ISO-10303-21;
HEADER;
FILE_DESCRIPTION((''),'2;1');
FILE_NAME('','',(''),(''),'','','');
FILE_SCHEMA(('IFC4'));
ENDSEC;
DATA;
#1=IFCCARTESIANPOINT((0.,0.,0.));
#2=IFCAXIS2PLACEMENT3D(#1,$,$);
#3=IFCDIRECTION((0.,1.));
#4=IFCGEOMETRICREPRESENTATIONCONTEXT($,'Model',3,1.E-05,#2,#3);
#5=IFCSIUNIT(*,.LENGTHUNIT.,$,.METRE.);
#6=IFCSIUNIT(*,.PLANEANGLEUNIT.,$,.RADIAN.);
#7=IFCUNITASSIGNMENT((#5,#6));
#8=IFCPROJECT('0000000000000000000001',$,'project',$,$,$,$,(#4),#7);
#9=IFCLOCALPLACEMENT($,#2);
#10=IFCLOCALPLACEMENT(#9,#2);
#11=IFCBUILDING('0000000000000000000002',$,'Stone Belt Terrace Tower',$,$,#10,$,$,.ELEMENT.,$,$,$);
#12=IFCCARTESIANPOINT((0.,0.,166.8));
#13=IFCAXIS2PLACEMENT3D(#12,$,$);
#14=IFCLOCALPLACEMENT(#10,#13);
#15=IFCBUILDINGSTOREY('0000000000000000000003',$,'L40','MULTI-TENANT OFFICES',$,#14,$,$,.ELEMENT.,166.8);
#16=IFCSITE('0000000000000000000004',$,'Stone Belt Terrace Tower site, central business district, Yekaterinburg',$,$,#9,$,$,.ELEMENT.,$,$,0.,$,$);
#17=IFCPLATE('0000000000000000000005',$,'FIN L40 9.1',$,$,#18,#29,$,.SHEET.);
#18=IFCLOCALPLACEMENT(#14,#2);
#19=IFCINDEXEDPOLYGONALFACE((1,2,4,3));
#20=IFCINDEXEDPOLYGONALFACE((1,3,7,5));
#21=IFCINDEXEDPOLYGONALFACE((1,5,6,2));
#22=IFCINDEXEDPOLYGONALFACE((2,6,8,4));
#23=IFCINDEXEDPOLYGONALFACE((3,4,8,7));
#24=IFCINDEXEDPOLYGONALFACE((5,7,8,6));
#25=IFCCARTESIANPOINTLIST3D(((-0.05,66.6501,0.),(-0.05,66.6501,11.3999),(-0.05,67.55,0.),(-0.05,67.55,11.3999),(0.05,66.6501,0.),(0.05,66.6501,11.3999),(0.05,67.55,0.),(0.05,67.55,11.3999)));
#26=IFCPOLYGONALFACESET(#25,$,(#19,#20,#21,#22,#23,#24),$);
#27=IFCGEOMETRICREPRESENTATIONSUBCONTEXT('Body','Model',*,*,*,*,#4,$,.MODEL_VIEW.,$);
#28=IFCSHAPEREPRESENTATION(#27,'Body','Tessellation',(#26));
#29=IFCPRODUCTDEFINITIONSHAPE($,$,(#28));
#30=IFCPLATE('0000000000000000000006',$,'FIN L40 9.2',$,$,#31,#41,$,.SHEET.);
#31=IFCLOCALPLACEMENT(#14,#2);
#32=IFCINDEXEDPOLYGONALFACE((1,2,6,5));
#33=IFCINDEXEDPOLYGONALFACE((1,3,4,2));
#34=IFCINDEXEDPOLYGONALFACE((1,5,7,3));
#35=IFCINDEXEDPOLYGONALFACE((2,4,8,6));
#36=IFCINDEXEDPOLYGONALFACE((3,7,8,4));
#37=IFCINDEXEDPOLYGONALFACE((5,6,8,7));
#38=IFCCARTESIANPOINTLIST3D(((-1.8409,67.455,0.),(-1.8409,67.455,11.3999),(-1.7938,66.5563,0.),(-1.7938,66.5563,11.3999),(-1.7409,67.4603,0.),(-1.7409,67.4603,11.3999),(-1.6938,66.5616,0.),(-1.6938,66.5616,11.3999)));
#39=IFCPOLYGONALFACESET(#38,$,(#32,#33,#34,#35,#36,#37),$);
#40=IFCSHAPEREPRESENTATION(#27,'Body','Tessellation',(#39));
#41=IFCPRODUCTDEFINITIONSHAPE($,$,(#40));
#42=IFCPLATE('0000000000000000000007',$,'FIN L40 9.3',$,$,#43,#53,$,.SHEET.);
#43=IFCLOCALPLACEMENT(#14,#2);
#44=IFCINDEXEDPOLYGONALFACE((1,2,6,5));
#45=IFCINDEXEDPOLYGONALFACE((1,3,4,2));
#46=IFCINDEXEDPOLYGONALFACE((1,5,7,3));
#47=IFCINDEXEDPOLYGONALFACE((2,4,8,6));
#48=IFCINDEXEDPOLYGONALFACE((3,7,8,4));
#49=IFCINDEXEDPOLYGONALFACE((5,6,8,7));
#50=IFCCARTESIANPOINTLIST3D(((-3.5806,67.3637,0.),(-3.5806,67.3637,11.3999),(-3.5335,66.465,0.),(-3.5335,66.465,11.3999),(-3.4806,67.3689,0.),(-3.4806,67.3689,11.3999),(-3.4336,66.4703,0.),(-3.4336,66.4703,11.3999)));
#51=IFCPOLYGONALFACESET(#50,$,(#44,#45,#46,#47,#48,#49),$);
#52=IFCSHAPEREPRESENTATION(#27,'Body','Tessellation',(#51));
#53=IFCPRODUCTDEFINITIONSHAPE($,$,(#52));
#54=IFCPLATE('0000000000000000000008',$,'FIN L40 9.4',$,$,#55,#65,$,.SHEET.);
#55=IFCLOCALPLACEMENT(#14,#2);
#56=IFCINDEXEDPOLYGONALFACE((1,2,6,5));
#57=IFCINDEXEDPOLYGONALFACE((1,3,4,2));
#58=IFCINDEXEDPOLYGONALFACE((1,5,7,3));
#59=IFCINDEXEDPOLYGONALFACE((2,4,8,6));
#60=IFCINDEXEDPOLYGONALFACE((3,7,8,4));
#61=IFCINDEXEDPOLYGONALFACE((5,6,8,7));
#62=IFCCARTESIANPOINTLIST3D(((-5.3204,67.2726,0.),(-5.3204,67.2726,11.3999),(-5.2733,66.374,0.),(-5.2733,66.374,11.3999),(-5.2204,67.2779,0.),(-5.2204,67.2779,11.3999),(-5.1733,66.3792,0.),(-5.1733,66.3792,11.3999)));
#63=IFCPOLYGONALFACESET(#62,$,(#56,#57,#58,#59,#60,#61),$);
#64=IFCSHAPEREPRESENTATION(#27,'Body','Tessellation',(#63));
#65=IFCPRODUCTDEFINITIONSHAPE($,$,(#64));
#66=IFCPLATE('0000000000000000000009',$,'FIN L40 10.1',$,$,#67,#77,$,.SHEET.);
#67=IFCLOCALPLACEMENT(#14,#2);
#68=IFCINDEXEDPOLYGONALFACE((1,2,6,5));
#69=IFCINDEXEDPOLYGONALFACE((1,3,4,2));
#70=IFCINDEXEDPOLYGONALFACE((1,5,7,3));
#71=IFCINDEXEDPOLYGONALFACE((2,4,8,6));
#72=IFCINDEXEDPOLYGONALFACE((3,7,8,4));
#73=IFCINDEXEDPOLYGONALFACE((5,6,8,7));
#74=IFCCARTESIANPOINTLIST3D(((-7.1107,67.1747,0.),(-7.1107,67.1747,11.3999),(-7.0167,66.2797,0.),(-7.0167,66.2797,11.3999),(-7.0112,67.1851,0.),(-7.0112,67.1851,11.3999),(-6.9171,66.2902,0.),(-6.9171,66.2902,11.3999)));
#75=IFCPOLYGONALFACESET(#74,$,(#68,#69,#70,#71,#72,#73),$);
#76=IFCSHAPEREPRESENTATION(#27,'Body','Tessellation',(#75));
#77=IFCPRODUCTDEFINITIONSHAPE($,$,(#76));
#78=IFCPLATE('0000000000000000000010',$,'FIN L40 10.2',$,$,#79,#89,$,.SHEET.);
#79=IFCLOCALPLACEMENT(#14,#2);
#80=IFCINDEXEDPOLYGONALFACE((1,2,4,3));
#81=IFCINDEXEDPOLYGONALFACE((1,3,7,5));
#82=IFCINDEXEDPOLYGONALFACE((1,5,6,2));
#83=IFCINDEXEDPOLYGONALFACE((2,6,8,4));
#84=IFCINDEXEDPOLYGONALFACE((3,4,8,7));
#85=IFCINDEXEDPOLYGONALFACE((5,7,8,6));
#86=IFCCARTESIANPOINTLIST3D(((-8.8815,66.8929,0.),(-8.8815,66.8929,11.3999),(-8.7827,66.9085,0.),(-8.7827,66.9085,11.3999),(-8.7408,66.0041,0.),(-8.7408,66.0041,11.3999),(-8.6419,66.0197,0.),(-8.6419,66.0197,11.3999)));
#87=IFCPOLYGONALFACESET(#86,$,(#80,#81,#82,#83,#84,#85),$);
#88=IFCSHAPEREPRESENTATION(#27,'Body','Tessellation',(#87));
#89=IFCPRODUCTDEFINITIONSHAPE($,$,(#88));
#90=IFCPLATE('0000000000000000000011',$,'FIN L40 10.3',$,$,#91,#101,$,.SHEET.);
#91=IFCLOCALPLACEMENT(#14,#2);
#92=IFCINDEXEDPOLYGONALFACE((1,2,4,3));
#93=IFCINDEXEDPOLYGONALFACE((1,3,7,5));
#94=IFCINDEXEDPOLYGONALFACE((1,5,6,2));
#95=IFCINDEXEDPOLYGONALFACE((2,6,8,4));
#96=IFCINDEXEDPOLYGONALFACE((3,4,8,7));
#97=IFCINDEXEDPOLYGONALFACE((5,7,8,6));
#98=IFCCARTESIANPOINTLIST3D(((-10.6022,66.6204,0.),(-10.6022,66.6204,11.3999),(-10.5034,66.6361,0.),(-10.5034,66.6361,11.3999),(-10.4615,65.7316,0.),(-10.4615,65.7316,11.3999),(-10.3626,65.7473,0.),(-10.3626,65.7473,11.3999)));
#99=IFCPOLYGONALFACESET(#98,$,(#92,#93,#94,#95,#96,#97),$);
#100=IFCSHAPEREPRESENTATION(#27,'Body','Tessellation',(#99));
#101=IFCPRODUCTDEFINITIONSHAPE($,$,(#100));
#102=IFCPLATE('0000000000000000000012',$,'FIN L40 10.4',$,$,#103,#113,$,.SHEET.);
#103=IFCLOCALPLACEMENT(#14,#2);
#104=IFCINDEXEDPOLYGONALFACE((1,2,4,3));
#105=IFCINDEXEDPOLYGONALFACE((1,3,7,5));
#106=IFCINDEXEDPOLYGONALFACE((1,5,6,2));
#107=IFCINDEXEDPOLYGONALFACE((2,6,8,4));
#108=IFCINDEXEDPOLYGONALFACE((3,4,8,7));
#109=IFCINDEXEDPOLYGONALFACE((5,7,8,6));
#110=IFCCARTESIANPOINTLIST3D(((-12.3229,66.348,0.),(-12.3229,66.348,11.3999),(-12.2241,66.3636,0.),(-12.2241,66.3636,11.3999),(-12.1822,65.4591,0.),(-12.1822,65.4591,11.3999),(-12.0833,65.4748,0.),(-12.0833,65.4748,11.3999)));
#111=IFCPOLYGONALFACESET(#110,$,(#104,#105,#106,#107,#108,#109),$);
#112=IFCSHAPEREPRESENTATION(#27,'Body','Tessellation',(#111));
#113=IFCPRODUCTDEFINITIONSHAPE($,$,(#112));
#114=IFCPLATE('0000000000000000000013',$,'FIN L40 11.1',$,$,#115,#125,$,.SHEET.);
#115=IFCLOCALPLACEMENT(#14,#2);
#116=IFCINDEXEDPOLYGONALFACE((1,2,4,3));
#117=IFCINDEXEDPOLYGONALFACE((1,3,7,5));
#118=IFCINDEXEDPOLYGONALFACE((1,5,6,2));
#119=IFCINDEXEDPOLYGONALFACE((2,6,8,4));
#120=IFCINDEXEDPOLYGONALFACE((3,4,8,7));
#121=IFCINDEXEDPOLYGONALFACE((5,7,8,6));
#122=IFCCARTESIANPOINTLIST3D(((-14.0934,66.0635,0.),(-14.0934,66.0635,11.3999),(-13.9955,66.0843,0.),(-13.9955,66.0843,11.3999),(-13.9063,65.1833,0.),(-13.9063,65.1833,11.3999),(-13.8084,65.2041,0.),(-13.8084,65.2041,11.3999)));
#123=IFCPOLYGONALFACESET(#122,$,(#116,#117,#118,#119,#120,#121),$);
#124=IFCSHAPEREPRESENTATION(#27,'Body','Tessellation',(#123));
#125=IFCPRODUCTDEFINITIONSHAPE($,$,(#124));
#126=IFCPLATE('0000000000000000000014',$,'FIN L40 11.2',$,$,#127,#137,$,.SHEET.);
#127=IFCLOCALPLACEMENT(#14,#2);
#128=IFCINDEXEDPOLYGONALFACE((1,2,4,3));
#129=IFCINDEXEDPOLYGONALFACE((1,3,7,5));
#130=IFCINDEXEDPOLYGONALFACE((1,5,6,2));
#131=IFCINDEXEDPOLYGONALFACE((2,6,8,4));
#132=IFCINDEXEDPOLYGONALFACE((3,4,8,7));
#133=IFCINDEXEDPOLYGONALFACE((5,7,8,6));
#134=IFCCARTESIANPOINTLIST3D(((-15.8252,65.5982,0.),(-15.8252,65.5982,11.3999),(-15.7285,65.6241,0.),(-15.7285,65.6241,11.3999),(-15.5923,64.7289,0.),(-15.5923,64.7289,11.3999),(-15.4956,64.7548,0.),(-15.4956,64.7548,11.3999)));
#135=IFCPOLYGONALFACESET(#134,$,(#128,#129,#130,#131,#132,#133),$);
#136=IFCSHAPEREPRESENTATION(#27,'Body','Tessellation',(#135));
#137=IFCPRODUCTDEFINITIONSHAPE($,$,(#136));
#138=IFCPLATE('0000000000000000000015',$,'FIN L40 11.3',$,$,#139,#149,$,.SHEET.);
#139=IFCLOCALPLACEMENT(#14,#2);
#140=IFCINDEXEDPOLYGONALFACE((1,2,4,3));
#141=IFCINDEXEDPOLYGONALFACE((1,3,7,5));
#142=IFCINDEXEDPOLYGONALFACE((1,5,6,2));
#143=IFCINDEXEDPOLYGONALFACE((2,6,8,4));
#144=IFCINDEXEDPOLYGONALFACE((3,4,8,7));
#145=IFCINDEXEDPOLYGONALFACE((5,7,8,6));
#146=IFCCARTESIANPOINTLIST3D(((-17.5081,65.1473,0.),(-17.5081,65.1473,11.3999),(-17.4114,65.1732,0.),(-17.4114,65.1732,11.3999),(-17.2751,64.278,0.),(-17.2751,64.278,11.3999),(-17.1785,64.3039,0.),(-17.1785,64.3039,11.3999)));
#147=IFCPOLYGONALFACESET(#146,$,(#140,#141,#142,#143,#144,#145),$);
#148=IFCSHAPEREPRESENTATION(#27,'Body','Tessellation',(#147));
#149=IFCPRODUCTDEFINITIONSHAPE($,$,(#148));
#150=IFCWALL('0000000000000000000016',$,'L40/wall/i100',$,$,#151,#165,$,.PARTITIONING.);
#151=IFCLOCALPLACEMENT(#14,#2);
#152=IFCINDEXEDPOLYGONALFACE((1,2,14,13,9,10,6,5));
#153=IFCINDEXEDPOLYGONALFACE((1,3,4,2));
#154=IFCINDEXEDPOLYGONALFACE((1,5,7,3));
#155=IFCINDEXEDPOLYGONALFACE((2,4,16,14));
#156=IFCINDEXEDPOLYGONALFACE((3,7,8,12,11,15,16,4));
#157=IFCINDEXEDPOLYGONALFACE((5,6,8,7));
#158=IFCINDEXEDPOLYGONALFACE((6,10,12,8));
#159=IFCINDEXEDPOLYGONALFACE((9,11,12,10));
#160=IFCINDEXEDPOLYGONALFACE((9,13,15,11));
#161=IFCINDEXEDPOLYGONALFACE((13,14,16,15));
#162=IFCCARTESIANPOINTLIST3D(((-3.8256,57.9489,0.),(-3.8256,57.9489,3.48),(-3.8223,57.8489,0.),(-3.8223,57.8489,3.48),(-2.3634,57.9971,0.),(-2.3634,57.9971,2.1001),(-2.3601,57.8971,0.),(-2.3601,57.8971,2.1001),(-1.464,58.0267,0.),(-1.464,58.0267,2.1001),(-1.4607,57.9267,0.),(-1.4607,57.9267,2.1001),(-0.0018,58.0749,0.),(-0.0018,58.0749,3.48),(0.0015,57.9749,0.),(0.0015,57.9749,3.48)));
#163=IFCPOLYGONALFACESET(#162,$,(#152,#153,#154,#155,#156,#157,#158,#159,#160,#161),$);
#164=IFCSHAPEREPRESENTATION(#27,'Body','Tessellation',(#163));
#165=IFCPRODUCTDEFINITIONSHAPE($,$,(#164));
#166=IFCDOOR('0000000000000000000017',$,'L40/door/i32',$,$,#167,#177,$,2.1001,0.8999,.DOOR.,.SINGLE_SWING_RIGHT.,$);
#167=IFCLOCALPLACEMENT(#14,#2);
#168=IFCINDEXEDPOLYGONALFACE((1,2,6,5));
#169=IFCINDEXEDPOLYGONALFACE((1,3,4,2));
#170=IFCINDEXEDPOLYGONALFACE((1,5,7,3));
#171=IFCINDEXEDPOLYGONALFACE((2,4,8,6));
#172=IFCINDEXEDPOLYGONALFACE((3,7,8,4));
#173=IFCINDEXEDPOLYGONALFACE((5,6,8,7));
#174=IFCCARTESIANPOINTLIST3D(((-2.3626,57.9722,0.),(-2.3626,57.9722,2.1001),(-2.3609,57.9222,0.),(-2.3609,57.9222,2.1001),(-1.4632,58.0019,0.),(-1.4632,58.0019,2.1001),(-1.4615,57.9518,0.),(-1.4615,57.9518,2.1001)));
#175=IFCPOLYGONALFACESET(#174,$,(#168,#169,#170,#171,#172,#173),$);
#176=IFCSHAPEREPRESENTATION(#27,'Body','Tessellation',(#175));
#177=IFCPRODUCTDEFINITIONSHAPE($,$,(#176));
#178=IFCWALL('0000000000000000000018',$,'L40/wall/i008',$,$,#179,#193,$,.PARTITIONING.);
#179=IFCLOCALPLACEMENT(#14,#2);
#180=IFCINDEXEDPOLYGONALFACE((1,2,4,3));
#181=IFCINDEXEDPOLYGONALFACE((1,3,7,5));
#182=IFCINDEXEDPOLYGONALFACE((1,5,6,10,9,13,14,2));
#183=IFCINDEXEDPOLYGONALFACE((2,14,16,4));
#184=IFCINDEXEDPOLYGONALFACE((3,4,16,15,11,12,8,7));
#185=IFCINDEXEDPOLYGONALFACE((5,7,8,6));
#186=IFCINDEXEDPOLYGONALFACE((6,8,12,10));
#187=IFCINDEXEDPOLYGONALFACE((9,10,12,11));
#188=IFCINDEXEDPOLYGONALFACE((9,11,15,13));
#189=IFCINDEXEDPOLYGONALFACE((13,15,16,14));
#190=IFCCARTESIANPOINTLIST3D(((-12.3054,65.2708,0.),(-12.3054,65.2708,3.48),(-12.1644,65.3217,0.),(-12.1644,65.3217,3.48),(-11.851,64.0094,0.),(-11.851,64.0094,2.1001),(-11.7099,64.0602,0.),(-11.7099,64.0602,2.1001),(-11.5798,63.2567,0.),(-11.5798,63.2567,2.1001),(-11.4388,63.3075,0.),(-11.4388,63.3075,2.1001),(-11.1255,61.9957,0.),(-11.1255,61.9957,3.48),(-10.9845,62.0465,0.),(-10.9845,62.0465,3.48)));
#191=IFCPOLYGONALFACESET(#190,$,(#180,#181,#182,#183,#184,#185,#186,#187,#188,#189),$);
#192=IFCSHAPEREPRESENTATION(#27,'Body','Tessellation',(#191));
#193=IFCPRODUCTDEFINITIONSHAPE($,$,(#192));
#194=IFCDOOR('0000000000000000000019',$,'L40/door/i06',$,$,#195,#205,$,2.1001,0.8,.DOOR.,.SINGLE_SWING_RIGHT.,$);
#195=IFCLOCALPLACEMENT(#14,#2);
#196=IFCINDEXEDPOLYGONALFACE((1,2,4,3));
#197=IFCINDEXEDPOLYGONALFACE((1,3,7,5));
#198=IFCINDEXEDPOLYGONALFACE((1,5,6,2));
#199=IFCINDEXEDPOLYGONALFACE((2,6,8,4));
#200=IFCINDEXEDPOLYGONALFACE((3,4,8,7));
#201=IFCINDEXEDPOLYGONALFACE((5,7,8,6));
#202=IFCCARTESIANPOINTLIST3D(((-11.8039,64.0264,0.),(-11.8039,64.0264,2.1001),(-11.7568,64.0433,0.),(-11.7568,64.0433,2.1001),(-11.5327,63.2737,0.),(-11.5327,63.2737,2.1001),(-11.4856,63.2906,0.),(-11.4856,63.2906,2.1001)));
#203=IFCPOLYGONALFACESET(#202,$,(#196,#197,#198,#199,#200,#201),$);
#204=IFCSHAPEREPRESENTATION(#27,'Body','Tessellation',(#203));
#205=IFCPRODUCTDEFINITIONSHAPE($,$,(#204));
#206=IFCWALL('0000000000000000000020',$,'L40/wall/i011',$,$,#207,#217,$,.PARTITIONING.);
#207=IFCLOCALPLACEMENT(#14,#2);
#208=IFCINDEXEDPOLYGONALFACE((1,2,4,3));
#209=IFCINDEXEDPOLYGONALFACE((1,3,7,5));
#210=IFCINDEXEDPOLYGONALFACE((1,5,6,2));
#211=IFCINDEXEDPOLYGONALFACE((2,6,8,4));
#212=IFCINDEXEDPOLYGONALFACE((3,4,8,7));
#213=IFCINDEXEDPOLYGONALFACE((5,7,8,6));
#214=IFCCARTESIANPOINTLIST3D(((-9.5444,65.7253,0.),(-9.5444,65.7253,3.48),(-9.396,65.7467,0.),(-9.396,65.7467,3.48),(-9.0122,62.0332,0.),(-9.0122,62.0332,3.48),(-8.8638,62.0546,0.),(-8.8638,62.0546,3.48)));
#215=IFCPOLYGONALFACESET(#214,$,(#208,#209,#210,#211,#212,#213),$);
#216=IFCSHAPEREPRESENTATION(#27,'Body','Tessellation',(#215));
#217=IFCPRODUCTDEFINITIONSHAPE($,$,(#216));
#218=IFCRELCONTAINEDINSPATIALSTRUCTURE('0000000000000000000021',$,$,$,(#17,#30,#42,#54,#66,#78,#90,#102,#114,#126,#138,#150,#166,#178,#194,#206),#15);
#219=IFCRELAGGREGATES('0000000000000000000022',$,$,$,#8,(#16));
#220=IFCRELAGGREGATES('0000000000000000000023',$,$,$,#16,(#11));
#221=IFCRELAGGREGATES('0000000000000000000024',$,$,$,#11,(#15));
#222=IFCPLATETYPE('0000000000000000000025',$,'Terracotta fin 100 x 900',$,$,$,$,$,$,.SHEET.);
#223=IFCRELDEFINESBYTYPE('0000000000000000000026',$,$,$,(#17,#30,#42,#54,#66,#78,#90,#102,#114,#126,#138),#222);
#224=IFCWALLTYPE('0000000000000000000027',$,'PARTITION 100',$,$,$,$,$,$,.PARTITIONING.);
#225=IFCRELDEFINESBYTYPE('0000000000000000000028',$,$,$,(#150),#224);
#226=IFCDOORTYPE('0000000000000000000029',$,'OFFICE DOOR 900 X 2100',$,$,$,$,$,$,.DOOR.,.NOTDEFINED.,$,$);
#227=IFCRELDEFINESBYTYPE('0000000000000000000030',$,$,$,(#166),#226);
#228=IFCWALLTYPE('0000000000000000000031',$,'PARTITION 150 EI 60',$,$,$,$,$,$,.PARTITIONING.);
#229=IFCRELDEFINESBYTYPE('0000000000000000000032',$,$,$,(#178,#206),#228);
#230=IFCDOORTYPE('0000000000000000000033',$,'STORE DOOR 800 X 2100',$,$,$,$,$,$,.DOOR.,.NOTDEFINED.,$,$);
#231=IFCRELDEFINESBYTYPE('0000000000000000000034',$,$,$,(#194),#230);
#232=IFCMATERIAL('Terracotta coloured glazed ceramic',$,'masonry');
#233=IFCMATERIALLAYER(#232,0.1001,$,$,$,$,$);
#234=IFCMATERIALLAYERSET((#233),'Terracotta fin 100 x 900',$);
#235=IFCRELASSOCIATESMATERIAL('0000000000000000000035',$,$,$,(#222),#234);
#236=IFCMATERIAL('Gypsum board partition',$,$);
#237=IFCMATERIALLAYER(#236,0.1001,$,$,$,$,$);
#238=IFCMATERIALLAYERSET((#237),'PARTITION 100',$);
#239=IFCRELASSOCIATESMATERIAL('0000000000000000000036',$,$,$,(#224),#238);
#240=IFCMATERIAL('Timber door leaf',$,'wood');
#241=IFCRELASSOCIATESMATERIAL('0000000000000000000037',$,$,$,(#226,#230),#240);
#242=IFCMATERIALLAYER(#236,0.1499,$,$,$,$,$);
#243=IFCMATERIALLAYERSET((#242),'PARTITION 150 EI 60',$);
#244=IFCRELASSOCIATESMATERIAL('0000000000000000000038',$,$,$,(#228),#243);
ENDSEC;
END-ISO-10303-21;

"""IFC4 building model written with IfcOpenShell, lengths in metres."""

from ifc_helpers import new_model, si_unit, direction, frame, frame_2d, origin, origin_2d, place, context, subcontext, project, spatial, rectangle, extrude, material, layer, layer_set, type_object, element, fill, save


model = new_model("IFC4")

# Units and contexts
model_context = context("Model", 3, precision=1e-05, world=origin(), true_north=direction((0.0, 1.0)))
body_context = subcontext(model_context, "Body", "Model", "MODEL_VIEW")
ifc_project = project(units=[si_unit("LENGTHUNIT", "METRE"), si_unit("PLANEANGLEUNIT", "RADIAN")], contexts=[model_context])

# Site, building, storey
site_placement = place(None, origin())
site = spatial("IfcSite", under=ifc_project, at=site_placement, Name="Stone Belt Terrace Tower site, central business district, Yekaterinburg", CompositionType="ELEMENT", RefElevation=0.0)
building_placement = place(site_placement, origin())
building = spatial("IfcBuilding", under=site, at=building_placement, Name="Stone Belt Terrace Tower", CompositionType="ELEMENT")
storey_placement = place(building_placement, frame((0.0, 0.0, 166.8)))
storey = spatial("IfcBuildingStorey", under=building, at=storey_placement, Name="L40", Description="MULTI-TENANT OFFICES", CompositionType="ELEMENT", Elevation=166.8)

# Plates
ifc_material_1 = material(Name="Terracotta coloured glazed ceramic", Category="masonry")
ifc_layer_1 = layer(ifc_material_1, 0.1001)
ifc_layer_set_1 = layer_set([ifc_layer_1], Name="Terracotta fin 100 x 900")
plate_type_1 = type_object("IfcPlateType", Name="Terracotta fin 100 x 900", PredefinedType="SHEET", material=ifc_layer_set_1)
for number, where, z_axis, x_axis, name in (
    (1, (0.0, 67.1001, 0.0), (0.0, 0.0, 1.0), (0.0, 1.0, 0.0), "FIN L40 9.1"),
    (2, (-1.7673, 67.0083, 0.0), (0.0, 0.0, 1.0), (-0.052336, 0.99863, 0.0), "FIN L40 9.2"),
    (3, (-3.5071, 66.917, 0.0), (0.0, 0.0, 1.0), (-0.052336, 0.99863, 0.0), "FIN L40 9.3"),
    (4, (-5.2468, 66.8259, 0.0), (0.0, 0.0, 1.0), (-0.052336, 0.99863, 0.0), "FIN L40 9.4"),
    (5, (-7.0139, 66.7324, 0.0), (0.0, 0.0, 1.0), (-0.104528, 0.994522, 0.0), "FIN L40 10.1"),
    (6, (-8.7617, 66.4563, 0.0), (0.0, 0.0, 1.0), (-0.156434, 0.987688, 0.0), "FIN L40 10.2"),
    (7, (-10.4824, 66.1838, 0.0), (0.0, 0.0, 1.0), (-0.156434, 0.987688, 0.0), "FIN L40 10.3"),
    (8, (-12.2031, 65.9114, 0.0), (0.0, 0.0, 1.0), (-0.156434, 0.987688, 0.0), "FIN L40 10.4"),
    (9, (-13.9509, 65.6338, 0.0), (0.0, 0.0, 1.0), (-0.207912, 0.978148, 0.0), "FIN L40 11.1"),
    (10, (-15.6604, 65.1765, 0.0), (0.0, 0.0, 1.0), (-0.258819, 0.965926, 0.0), "FIN L40 11.2"),
    (11, (-17.3433, 64.7256, 0.0), (0.0, 0.0, 1.0), (-0.258819, 0.965926, 0.0), "FIN L40 11.3"),
):
    element("IfcPlate", number, at=place(storey_placement, frame(where, z_axis=z_axis, x_axis=x_axis)), inside=storey, type_object=plate_type_1, Name=name, PredefinedType="SHEET", context=body_context, shape_type="SweptSolid", body=[
        extrude(rectangle(XDim=0.8999, YDim=0.1001, at=origin_2d()), origin(), (0.0, 0.0, 1.0), 11.3999),
    ])

# Walls, openings, doors
ifc_material_2 = material(Name="Gypsum board partition")
ifc_layer_2 = layer(ifc_material_2, 0.1001)
ifc_layer_set_2 = layer_set([ifc_layer_2], Name="PARTITION 100")
wall_type_1 = type_object("IfcWallType", Name="PARTITION 100", PredefinedType="PARTITIONING", material=ifc_layer_set_2)
wall_1_placement = place(storey_placement, frame((0.0, 58.0249, 0.0), z_axis=(0.0, 0.0, 1.0), x_axis=(-0.999458, -0.032926, 0.0)))
wall_1 = element("IfcWall", 12, at=wall_1_placement, inside=storey, type_object=wall_type_1, Name="L40/wall/i100", PredefinedType="PARTITIONING", context=body_context, shape_type="SweptSolid", body=[
    extrude(rectangle(XDim=3.8259, YDim=0.1001, at=frame_2d((1.9131, 0.0))), origin(), (0.0, 0.0, 1.0), 3.48),
])
opening_1_placement = place(wall_1_placement, frame((1.4631, 0.0, 0.0)))
opening_1 = element("IfcOpeningElement", 13, at=opening_1_placement, cuts=wall_1, PredefinedType="OPENING", context=body_context, shape_type="SweptSolid", body=[
    extrude(rectangle(XDim=0.8999, YDim=2.1001, at=frame_2d((0.45, 1.05))), frame((0.0, 0.0601, 0.0), z_axis=(0.0, -1.0, 0.0), x_axis=(1.0, 0.0, 0.0)), (0.0, 0.0, 1.0), 0.1201),
])
ifc_material_3 = material(Name="Timber door leaf", Category="wood")
door_type_1 = type_object("IfcDoorType", Name="OFFICE DOOR 900 X 2100", OperationType="NOTDEFINED", PredefinedType="DOOR", material=ifc_material_3)
door_1_placement = place(opening_1_placement, origin())
door_1 = element("IfcDoor", 14, at=door_1_placement, inside=storey, type_object=door_type_1, Name="L40/door/i32", OperationType="SINGLE_SWING_RIGHT", OverallHeight=2.1001, OverallWidth=0.8999, PredefinedType="DOOR", context=body_context, shape_type="SweptSolid", body=[
    extrude(rectangle(XDim=0.8999, YDim=2.1001, at=frame_2d((0.45, 1.05))), frame((0.0, 0.0249, 0.0), z_axis=(0.0, -1.0, 0.0), x_axis=(1.0, 0.0, 0.0)), (0.0, 0.0, 1.0), 0.05),
])
fill(opening_1, door_1)
ifc_layer_3 = layer(ifc_material_2, 0.1499)
ifc_layer_set_3 = layer_set([ifc_layer_3], Name="PARTITION 150 EI 60")
wall_type_2 = type_object("IfcWallType", Name="PARTITION 150 EI 60", PredefinedType="PARTITIONING", material=ifc_layer_set_3)
wall_2_placement = place(storey_placement, frame((-11.0549, 62.021, 0.0), z_axis=(0.0, 0.0, 1.0), x_axis=(-0.338943, 0.940807, 0.0)))
wall_2 = element("IfcWall", 15, at=wall_2_placement, inside=storey, type_object=wall_type_2, Name="L40/wall/i008", PredefinedType="PARTITIONING", context=body_context, shape_type="SweptSolid", body=[
    extrude(rectangle(XDim=3.4812, YDim=0.1499, at=frame_2d((1.7407, 0.0))), origin(), (0.0, 0.0, 1.0), 3.48),
])
opening_2_placement = place(wall_2_placement, frame((1.3406, 0.0, 0.0)))
opening_2 = element("IfcOpeningElement", 16, at=opening_2_placement, cuts=wall_2, PredefinedType="OPENING", context=body_context, shape_type="SweptSolid", body=[
    extrude(rectangle(XDim=0.8, YDim=2.1001, at=frame_2d((0.3999, 1.05))), frame((0.0, 0.085, 0.0), z_axis=(0.0, -1.0, 0.0), x_axis=(1.0, 0.0, 0.0)), (0.0, 0.0, 1.0), 0.1699),
])
door_type_2 = type_object("IfcDoorType", Name="STORE DOOR 800 X 2100", OperationType="NOTDEFINED", PredefinedType="DOOR", material=ifc_material_3)
door_2_placement = place(opening_2_placement, origin())
door_2 = element("IfcDoor", 17, at=door_2_placement, inside=storey, type_object=door_type_2, Name="L40/door/i06", OperationType="SINGLE_SWING_RIGHT", OverallHeight=2.1001, OverallWidth=0.8, PredefinedType="DOOR", context=body_context, shape_type="SweptSolid", body=[
    extrude(rectangle(XDim=0.8, YDim=2.1001, at=frame_2d((0.3999, 1.05))), frame((0.0, 0.0249, 0.0), z_axis=(0.0, -1.0, 0.0), x_axis=(1.0, 0.0, 0.0)), (0.0, 0.0, 1.0), 0.05),
])
fill(opening_2, door_2)

# Wall
wall_3_placement = place(storey_placement, frame((-9.4702, 65.7361, 0.0), z_axis=(0.0, 0.0, 1.0), x_axis=(0.142677, -0.989769, 0.0)))
element("IfcWall", 18, at=wall_3_placement, inside=storey, type_object=wall_type_2, Name="L40/wall/i011", PredefinedType="PARTITIONING", context=body_context, shape_type="SweptSolid", body=[
    extrude(rectangle(XDim=3.7302, YDim=0.1499, at=frame_2d((1.8652, 0.0))), origin(), (0.0, 0.0, 1.0), 3.48),
])

save(model, "model.ifc")
